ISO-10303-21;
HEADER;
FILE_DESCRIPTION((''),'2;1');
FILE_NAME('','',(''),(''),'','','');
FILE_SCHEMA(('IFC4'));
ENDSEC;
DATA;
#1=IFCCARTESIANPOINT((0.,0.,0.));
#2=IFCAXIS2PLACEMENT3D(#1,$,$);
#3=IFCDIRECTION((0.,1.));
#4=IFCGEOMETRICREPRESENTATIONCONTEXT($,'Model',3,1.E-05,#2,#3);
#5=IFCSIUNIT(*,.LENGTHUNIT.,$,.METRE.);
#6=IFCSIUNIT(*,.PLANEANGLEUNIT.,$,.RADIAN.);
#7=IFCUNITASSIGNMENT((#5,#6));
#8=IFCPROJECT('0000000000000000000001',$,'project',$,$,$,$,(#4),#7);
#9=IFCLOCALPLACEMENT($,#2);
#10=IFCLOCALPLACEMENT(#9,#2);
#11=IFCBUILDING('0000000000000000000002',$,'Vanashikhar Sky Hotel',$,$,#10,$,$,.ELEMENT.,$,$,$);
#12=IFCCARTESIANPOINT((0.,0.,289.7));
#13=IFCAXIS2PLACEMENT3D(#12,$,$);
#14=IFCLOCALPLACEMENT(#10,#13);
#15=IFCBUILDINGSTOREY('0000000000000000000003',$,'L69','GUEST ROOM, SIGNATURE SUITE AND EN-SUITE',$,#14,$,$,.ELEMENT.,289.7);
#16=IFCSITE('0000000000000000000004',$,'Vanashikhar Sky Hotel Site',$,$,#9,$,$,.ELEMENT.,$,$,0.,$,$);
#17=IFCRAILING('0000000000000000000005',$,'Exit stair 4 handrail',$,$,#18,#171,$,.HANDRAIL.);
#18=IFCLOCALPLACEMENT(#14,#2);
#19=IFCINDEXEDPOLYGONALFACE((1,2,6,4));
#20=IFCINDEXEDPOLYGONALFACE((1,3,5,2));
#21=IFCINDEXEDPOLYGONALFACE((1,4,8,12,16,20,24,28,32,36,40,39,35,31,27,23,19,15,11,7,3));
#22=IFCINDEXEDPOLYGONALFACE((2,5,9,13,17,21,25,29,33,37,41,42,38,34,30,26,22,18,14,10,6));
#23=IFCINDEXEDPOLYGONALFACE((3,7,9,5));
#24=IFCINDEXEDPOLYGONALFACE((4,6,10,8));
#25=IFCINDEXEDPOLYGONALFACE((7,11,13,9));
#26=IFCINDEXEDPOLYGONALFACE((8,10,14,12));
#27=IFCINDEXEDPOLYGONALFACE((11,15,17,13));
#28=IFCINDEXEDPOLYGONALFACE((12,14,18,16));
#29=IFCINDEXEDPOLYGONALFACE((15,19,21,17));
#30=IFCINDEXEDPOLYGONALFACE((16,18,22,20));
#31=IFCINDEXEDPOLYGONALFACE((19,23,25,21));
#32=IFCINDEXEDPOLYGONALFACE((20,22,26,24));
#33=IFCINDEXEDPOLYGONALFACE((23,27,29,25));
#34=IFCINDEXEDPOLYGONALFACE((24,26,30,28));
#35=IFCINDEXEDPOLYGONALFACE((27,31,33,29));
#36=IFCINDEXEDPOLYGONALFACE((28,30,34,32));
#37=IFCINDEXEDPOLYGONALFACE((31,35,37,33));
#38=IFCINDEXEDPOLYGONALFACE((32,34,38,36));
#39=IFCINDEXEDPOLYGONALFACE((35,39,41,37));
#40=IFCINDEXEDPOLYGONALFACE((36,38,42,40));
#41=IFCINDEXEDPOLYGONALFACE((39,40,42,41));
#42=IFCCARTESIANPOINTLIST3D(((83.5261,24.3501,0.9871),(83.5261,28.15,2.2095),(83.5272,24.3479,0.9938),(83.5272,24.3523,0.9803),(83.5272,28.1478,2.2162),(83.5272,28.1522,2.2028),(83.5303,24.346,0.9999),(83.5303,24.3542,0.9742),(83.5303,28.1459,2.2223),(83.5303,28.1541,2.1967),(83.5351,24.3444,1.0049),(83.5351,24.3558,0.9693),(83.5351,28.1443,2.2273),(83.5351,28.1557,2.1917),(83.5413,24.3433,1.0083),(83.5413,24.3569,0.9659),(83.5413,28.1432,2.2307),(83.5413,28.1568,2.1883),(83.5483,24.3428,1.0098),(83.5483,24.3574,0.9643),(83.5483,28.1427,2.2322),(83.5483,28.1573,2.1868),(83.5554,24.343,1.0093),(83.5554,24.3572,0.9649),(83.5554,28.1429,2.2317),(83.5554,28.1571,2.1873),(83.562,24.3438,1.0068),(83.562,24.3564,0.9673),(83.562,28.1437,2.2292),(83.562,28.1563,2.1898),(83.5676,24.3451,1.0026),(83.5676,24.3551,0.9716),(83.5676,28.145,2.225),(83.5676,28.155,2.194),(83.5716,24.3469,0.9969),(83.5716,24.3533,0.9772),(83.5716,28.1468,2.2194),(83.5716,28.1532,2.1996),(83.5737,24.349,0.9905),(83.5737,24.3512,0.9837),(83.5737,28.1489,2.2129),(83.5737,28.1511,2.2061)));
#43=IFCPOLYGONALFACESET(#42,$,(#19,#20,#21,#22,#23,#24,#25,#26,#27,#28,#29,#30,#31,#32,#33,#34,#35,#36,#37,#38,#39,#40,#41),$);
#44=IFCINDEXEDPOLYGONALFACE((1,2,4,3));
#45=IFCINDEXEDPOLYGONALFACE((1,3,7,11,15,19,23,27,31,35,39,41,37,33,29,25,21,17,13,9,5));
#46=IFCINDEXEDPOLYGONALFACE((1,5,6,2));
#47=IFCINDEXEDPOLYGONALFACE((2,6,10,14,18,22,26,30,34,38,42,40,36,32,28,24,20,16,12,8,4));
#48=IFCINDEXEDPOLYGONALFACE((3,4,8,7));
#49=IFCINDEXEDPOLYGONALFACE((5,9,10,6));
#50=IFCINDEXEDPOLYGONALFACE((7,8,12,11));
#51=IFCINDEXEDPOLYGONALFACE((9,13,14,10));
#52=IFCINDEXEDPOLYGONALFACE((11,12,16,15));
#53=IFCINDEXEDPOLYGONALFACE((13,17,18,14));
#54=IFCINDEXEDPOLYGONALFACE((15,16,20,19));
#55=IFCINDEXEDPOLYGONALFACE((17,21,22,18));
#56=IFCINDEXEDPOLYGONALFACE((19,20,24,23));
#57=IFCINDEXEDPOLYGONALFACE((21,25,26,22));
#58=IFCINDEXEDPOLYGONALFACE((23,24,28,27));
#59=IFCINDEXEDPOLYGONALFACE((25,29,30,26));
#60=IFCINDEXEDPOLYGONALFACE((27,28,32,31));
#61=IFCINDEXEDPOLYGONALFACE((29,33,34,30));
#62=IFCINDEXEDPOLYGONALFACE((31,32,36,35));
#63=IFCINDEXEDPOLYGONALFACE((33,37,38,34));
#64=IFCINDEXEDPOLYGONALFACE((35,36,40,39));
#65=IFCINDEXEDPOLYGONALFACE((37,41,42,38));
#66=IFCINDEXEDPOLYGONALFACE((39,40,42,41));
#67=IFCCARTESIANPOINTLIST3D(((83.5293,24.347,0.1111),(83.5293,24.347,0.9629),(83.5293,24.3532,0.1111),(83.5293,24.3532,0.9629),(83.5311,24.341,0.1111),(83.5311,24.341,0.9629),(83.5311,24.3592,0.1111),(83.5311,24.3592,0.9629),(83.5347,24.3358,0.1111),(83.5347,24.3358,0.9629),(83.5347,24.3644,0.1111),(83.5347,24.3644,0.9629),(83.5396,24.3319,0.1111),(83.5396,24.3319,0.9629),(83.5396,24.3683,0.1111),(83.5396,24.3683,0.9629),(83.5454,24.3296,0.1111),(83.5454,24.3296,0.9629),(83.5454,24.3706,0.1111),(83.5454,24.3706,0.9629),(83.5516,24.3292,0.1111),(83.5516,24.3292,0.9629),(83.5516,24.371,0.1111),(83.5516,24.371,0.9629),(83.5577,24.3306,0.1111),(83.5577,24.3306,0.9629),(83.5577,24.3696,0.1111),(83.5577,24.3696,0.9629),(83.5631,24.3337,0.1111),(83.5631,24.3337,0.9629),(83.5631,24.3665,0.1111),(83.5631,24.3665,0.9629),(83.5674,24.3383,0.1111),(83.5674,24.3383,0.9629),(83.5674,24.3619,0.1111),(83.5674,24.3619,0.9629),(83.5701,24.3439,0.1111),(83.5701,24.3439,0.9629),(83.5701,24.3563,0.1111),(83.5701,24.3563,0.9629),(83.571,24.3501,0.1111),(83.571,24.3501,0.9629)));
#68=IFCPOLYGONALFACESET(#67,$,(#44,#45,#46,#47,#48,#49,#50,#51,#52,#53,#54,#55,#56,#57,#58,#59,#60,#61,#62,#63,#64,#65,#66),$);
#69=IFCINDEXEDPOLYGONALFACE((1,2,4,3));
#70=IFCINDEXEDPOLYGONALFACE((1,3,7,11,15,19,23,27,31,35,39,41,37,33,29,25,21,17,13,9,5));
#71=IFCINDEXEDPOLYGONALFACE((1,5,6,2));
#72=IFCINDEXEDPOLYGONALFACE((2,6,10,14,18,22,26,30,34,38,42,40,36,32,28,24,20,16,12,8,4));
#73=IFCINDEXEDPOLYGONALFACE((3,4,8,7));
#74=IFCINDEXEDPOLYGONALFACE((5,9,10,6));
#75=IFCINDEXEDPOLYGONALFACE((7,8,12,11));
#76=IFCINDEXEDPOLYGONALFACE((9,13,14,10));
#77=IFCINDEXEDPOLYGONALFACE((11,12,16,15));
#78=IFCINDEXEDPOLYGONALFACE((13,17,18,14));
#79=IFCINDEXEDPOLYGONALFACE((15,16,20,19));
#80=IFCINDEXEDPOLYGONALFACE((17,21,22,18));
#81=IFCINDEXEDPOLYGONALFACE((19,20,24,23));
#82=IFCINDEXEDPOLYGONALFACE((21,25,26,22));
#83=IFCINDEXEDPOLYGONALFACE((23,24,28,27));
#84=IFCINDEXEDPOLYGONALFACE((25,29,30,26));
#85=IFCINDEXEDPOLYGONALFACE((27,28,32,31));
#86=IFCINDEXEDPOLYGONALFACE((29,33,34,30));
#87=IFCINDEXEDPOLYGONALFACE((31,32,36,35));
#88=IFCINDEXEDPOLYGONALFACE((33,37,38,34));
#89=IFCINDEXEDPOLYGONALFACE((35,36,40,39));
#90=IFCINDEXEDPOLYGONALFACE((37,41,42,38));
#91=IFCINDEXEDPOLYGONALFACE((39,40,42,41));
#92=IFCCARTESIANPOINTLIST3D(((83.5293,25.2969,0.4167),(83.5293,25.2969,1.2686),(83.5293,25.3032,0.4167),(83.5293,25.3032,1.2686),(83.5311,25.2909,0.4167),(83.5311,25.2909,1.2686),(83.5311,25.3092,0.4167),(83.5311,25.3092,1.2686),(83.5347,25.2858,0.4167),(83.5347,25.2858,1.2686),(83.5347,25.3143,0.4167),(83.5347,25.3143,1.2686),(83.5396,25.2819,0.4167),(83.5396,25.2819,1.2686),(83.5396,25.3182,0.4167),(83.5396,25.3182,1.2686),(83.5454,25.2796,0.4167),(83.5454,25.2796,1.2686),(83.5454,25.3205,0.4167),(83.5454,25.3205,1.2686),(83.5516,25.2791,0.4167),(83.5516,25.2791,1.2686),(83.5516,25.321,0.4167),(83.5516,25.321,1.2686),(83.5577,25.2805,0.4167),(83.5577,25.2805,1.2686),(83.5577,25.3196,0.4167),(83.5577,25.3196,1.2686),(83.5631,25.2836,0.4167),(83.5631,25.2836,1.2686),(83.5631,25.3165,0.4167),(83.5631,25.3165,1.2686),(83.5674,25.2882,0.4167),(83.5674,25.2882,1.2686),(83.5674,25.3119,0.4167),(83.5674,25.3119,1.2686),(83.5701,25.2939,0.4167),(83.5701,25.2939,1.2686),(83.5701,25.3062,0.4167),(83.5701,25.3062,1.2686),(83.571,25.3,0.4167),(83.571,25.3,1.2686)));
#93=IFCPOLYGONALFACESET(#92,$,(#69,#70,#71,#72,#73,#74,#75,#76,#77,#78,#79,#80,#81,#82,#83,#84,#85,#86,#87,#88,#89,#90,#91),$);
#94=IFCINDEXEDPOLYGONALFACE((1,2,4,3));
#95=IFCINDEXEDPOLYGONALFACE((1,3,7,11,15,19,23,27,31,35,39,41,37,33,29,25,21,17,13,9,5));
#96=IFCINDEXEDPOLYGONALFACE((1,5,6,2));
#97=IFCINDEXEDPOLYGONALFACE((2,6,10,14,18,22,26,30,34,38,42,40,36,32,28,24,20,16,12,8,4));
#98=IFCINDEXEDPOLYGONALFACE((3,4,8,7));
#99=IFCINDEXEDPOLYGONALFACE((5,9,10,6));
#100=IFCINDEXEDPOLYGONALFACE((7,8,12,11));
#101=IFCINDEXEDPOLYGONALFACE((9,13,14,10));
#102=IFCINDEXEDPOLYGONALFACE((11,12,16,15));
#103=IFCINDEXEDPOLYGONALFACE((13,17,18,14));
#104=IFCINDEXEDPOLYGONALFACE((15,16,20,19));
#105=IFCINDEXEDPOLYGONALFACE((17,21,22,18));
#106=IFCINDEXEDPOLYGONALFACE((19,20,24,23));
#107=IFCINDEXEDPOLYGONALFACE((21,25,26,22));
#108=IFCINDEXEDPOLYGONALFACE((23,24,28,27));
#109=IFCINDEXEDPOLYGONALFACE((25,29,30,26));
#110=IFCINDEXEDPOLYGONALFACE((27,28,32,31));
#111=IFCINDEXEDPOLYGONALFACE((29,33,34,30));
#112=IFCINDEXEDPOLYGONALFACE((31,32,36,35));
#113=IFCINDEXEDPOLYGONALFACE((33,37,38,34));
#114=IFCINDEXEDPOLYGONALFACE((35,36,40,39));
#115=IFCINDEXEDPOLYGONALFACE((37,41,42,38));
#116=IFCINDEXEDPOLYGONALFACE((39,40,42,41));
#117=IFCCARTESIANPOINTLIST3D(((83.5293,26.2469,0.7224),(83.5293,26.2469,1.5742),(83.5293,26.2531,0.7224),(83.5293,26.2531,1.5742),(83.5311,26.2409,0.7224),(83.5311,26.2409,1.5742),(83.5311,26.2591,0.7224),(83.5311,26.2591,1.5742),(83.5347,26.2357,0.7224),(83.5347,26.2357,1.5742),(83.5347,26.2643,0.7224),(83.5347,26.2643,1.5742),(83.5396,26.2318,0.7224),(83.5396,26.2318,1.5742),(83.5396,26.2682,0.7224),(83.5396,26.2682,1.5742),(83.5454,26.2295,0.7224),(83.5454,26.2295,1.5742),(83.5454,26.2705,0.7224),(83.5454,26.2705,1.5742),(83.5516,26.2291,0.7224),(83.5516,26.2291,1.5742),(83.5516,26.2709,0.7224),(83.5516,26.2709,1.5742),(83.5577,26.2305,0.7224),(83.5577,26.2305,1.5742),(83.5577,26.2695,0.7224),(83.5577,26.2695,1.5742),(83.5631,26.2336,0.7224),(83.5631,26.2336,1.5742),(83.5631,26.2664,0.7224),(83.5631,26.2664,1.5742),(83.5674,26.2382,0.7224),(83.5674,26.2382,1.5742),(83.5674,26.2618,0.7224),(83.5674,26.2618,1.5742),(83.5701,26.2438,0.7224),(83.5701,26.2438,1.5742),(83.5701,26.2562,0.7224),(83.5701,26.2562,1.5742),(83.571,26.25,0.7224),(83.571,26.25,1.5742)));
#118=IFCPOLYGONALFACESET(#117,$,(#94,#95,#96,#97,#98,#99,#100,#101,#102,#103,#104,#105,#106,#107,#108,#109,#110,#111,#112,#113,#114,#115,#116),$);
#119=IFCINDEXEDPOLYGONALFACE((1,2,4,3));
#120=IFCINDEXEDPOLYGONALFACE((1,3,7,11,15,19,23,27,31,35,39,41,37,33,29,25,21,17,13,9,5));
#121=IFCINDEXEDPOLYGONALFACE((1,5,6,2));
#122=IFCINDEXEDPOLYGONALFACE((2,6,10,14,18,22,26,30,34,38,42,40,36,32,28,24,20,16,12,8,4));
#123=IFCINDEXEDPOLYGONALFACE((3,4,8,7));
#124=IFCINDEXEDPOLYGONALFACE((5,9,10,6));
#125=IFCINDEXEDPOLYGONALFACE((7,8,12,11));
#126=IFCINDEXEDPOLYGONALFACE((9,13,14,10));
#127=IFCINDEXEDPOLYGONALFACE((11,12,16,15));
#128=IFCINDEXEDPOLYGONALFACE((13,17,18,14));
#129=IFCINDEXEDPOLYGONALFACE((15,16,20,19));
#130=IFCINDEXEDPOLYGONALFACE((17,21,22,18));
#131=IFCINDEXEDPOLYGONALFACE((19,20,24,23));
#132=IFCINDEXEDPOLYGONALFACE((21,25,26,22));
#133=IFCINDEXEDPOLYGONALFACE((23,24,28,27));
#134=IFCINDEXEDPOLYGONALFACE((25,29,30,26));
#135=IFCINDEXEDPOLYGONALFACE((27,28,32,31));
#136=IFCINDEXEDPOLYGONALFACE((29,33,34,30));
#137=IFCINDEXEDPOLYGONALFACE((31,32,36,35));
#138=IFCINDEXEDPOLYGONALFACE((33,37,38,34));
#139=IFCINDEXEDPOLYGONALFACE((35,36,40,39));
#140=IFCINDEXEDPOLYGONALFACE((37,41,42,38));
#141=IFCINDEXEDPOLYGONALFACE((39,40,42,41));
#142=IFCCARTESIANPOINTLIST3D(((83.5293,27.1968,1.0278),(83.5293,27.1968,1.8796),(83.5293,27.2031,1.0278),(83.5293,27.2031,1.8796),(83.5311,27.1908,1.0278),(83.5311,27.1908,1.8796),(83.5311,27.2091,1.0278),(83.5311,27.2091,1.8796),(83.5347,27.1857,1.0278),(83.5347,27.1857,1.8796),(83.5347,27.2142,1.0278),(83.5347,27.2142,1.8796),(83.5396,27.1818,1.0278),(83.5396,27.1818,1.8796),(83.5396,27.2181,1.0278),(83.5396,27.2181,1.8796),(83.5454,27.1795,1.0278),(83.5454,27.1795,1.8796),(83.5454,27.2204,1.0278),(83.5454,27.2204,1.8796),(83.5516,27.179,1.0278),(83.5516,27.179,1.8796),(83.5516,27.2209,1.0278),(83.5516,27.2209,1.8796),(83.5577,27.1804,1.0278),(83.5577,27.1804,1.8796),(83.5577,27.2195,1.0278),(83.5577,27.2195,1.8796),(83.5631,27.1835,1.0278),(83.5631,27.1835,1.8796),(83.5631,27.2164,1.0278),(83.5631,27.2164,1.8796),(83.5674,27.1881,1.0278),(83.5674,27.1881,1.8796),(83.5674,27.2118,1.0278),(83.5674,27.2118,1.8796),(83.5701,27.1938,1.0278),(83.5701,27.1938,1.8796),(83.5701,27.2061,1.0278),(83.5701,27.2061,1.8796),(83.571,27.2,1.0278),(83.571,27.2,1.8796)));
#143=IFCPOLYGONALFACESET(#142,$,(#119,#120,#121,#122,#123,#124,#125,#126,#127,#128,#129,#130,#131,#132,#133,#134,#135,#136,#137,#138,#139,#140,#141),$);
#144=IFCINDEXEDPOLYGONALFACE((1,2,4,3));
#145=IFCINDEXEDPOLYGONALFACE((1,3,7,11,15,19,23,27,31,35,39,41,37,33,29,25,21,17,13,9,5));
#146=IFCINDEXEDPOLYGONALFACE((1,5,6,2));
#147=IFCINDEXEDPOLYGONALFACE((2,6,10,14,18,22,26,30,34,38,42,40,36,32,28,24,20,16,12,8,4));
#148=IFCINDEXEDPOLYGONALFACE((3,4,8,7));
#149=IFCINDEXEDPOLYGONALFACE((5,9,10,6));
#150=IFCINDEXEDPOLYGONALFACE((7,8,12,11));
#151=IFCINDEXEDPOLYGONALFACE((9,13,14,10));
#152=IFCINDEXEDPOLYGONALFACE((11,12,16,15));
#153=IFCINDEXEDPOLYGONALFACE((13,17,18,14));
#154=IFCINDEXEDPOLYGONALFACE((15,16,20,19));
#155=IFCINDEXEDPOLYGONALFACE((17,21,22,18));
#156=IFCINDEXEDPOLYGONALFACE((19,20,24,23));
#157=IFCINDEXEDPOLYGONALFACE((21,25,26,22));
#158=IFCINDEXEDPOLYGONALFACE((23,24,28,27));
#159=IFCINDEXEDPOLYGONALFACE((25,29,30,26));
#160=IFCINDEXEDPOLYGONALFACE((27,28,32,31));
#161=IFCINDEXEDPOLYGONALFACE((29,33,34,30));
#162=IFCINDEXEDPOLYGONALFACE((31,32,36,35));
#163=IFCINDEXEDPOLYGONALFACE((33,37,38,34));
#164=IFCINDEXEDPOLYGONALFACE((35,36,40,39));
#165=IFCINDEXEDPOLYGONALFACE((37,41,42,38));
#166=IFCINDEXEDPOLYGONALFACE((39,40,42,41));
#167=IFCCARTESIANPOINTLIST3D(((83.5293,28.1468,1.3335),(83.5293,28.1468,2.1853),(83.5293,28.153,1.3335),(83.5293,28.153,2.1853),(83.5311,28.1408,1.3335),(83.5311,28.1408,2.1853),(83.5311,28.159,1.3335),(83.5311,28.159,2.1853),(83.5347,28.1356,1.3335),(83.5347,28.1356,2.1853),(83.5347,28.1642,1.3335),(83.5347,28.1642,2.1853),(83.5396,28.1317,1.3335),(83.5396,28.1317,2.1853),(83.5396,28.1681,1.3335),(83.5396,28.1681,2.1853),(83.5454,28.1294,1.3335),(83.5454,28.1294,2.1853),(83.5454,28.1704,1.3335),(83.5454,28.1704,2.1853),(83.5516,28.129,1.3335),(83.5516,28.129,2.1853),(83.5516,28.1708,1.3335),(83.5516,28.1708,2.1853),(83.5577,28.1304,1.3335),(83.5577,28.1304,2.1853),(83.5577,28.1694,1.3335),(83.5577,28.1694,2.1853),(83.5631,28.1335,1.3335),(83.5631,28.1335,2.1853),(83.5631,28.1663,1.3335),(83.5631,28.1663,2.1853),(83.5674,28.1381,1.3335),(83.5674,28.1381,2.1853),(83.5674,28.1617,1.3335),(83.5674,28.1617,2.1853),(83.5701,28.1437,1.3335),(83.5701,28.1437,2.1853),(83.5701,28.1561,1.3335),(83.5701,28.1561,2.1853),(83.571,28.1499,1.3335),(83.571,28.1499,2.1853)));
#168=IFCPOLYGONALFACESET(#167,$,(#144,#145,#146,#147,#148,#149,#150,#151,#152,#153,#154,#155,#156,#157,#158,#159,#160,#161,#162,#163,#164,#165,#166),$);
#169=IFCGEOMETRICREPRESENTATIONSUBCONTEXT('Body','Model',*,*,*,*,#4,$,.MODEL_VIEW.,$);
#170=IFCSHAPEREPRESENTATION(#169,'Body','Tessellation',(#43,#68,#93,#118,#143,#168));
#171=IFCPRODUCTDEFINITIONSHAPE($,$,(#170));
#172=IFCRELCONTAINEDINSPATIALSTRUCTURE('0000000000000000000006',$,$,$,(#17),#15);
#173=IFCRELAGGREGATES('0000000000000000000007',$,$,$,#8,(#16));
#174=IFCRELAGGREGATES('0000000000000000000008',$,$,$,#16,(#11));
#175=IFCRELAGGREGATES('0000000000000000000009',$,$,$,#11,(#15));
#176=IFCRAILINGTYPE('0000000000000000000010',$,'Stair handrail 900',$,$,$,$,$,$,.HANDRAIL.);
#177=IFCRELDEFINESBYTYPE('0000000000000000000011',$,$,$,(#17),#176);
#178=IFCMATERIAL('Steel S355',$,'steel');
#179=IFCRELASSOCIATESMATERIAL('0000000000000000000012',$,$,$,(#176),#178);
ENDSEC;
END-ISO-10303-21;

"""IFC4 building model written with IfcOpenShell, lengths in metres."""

from ifc_helpers import new_model, si_unit, direction, frame, origin, origin_2d, place, context, subcontext, project, spatial, circle, extrude, source, transform, mapped, material, type_object, element, save


model = new_model("IFC4")

# Units and contexts
model_context = context("Model", 3, precision=1e-05, world=origin(), true_north=direction((0.0, 1.0)))
body_context = subcontext(model_context, "Body", "Model", "MODEL_VIEW")
ifc_project = project(units=[si_unit("LENGTHUNIT", "METRE"), si_unit("PLANEANGLEUNIT", "RADIAN")], contexts=[model_context])

# Site, building, storey
site_placement = place(None, origin())
site = spatial("IfcSite", under=ifc_project, at=site_placement, Name="Vanashikhar Sky Hotel Site", CompositionType="ELEMENT", RefElevation=0.0)
building_placement = place(site_placement, origin())
building = spatial("IfcBuilding", under=site, at=building_placement, Name="Vanashikhar Sky Hotel", CompositionType="ELEMENT")
storey_placement = place(building_placement, frame((0.0, 0.0, 289.7)))
storey = spatial("IfcBuildingStorey", under=building, at=storey_placement, Name="L69", Description="GUEST ROOM, SIGNATURE SUITE AND EN-SUITE", CompositionType="ELEMENT", Elevation=289.7)

# Railing
ifc_material_1 = material(Name="Steel S355", Category="steel")
railing_type_1 = type_object("IfcRailingType", Name="Stair handrail 900", PredefinedType="HANDRAIL", material=ifc_material_1)
shared_shape_1 = source(origin(), body_context, "Body", "SweptSolid", [
    extrude(circle(Radius=0.0239, at=origin_2d()), frame((0.0, 0.0, 0.876), z_axis=(0.0, 0.951952, 0.306247), x_axis=(-1.0, 0.0, 0.0)), (0.0, 0.0, 1.0), 3.9917),
    extrude(circle(Radius=0.021, at=origin_2d()), origin(), (0.0, 0.0, 1.0), 0.8518),
    extrude(circle(Radius=0.021, at=origin_2d()), frame((0.0, 0.95, 0.3057)), (0.0, 0.0, 1.0), 0.8518),
    extrude(circle(Radius=0.021, at=origin_2d()), frame((0.0, 1.8999, 0.6113)), (0.0, 0.0, 1.0), 0.8518),
    extrude(circle(Radius=0.021, at=origin_2d()), frame((0.0, 2.8499, 0.9167)), (0.0, 0.0, 1.0), 0.8518),
    extrude(circle(Radius=0.021, at=origin_2d()), frame((0.0, 3.7998, 1.2224)), (0.0, 0.0, 1.0), 0.8518),
])
railing_1_placement = place(storey_placement, frame((83.55, 24.3501, 0.1111)))
element("IfcRailing", 1, at=railing_1_placement, inside=storey, type_object=railing_type_1, Name="Exit stair 4 handrail", PredefinedType="HANDRAIL", context=body_context, shape_type="MappedRepresentation", body=[
    mapped(shared_shape_1, transform((0.0, 0.0, 0.0), scale=1.0)),
])

save(model, "model.ifc")
